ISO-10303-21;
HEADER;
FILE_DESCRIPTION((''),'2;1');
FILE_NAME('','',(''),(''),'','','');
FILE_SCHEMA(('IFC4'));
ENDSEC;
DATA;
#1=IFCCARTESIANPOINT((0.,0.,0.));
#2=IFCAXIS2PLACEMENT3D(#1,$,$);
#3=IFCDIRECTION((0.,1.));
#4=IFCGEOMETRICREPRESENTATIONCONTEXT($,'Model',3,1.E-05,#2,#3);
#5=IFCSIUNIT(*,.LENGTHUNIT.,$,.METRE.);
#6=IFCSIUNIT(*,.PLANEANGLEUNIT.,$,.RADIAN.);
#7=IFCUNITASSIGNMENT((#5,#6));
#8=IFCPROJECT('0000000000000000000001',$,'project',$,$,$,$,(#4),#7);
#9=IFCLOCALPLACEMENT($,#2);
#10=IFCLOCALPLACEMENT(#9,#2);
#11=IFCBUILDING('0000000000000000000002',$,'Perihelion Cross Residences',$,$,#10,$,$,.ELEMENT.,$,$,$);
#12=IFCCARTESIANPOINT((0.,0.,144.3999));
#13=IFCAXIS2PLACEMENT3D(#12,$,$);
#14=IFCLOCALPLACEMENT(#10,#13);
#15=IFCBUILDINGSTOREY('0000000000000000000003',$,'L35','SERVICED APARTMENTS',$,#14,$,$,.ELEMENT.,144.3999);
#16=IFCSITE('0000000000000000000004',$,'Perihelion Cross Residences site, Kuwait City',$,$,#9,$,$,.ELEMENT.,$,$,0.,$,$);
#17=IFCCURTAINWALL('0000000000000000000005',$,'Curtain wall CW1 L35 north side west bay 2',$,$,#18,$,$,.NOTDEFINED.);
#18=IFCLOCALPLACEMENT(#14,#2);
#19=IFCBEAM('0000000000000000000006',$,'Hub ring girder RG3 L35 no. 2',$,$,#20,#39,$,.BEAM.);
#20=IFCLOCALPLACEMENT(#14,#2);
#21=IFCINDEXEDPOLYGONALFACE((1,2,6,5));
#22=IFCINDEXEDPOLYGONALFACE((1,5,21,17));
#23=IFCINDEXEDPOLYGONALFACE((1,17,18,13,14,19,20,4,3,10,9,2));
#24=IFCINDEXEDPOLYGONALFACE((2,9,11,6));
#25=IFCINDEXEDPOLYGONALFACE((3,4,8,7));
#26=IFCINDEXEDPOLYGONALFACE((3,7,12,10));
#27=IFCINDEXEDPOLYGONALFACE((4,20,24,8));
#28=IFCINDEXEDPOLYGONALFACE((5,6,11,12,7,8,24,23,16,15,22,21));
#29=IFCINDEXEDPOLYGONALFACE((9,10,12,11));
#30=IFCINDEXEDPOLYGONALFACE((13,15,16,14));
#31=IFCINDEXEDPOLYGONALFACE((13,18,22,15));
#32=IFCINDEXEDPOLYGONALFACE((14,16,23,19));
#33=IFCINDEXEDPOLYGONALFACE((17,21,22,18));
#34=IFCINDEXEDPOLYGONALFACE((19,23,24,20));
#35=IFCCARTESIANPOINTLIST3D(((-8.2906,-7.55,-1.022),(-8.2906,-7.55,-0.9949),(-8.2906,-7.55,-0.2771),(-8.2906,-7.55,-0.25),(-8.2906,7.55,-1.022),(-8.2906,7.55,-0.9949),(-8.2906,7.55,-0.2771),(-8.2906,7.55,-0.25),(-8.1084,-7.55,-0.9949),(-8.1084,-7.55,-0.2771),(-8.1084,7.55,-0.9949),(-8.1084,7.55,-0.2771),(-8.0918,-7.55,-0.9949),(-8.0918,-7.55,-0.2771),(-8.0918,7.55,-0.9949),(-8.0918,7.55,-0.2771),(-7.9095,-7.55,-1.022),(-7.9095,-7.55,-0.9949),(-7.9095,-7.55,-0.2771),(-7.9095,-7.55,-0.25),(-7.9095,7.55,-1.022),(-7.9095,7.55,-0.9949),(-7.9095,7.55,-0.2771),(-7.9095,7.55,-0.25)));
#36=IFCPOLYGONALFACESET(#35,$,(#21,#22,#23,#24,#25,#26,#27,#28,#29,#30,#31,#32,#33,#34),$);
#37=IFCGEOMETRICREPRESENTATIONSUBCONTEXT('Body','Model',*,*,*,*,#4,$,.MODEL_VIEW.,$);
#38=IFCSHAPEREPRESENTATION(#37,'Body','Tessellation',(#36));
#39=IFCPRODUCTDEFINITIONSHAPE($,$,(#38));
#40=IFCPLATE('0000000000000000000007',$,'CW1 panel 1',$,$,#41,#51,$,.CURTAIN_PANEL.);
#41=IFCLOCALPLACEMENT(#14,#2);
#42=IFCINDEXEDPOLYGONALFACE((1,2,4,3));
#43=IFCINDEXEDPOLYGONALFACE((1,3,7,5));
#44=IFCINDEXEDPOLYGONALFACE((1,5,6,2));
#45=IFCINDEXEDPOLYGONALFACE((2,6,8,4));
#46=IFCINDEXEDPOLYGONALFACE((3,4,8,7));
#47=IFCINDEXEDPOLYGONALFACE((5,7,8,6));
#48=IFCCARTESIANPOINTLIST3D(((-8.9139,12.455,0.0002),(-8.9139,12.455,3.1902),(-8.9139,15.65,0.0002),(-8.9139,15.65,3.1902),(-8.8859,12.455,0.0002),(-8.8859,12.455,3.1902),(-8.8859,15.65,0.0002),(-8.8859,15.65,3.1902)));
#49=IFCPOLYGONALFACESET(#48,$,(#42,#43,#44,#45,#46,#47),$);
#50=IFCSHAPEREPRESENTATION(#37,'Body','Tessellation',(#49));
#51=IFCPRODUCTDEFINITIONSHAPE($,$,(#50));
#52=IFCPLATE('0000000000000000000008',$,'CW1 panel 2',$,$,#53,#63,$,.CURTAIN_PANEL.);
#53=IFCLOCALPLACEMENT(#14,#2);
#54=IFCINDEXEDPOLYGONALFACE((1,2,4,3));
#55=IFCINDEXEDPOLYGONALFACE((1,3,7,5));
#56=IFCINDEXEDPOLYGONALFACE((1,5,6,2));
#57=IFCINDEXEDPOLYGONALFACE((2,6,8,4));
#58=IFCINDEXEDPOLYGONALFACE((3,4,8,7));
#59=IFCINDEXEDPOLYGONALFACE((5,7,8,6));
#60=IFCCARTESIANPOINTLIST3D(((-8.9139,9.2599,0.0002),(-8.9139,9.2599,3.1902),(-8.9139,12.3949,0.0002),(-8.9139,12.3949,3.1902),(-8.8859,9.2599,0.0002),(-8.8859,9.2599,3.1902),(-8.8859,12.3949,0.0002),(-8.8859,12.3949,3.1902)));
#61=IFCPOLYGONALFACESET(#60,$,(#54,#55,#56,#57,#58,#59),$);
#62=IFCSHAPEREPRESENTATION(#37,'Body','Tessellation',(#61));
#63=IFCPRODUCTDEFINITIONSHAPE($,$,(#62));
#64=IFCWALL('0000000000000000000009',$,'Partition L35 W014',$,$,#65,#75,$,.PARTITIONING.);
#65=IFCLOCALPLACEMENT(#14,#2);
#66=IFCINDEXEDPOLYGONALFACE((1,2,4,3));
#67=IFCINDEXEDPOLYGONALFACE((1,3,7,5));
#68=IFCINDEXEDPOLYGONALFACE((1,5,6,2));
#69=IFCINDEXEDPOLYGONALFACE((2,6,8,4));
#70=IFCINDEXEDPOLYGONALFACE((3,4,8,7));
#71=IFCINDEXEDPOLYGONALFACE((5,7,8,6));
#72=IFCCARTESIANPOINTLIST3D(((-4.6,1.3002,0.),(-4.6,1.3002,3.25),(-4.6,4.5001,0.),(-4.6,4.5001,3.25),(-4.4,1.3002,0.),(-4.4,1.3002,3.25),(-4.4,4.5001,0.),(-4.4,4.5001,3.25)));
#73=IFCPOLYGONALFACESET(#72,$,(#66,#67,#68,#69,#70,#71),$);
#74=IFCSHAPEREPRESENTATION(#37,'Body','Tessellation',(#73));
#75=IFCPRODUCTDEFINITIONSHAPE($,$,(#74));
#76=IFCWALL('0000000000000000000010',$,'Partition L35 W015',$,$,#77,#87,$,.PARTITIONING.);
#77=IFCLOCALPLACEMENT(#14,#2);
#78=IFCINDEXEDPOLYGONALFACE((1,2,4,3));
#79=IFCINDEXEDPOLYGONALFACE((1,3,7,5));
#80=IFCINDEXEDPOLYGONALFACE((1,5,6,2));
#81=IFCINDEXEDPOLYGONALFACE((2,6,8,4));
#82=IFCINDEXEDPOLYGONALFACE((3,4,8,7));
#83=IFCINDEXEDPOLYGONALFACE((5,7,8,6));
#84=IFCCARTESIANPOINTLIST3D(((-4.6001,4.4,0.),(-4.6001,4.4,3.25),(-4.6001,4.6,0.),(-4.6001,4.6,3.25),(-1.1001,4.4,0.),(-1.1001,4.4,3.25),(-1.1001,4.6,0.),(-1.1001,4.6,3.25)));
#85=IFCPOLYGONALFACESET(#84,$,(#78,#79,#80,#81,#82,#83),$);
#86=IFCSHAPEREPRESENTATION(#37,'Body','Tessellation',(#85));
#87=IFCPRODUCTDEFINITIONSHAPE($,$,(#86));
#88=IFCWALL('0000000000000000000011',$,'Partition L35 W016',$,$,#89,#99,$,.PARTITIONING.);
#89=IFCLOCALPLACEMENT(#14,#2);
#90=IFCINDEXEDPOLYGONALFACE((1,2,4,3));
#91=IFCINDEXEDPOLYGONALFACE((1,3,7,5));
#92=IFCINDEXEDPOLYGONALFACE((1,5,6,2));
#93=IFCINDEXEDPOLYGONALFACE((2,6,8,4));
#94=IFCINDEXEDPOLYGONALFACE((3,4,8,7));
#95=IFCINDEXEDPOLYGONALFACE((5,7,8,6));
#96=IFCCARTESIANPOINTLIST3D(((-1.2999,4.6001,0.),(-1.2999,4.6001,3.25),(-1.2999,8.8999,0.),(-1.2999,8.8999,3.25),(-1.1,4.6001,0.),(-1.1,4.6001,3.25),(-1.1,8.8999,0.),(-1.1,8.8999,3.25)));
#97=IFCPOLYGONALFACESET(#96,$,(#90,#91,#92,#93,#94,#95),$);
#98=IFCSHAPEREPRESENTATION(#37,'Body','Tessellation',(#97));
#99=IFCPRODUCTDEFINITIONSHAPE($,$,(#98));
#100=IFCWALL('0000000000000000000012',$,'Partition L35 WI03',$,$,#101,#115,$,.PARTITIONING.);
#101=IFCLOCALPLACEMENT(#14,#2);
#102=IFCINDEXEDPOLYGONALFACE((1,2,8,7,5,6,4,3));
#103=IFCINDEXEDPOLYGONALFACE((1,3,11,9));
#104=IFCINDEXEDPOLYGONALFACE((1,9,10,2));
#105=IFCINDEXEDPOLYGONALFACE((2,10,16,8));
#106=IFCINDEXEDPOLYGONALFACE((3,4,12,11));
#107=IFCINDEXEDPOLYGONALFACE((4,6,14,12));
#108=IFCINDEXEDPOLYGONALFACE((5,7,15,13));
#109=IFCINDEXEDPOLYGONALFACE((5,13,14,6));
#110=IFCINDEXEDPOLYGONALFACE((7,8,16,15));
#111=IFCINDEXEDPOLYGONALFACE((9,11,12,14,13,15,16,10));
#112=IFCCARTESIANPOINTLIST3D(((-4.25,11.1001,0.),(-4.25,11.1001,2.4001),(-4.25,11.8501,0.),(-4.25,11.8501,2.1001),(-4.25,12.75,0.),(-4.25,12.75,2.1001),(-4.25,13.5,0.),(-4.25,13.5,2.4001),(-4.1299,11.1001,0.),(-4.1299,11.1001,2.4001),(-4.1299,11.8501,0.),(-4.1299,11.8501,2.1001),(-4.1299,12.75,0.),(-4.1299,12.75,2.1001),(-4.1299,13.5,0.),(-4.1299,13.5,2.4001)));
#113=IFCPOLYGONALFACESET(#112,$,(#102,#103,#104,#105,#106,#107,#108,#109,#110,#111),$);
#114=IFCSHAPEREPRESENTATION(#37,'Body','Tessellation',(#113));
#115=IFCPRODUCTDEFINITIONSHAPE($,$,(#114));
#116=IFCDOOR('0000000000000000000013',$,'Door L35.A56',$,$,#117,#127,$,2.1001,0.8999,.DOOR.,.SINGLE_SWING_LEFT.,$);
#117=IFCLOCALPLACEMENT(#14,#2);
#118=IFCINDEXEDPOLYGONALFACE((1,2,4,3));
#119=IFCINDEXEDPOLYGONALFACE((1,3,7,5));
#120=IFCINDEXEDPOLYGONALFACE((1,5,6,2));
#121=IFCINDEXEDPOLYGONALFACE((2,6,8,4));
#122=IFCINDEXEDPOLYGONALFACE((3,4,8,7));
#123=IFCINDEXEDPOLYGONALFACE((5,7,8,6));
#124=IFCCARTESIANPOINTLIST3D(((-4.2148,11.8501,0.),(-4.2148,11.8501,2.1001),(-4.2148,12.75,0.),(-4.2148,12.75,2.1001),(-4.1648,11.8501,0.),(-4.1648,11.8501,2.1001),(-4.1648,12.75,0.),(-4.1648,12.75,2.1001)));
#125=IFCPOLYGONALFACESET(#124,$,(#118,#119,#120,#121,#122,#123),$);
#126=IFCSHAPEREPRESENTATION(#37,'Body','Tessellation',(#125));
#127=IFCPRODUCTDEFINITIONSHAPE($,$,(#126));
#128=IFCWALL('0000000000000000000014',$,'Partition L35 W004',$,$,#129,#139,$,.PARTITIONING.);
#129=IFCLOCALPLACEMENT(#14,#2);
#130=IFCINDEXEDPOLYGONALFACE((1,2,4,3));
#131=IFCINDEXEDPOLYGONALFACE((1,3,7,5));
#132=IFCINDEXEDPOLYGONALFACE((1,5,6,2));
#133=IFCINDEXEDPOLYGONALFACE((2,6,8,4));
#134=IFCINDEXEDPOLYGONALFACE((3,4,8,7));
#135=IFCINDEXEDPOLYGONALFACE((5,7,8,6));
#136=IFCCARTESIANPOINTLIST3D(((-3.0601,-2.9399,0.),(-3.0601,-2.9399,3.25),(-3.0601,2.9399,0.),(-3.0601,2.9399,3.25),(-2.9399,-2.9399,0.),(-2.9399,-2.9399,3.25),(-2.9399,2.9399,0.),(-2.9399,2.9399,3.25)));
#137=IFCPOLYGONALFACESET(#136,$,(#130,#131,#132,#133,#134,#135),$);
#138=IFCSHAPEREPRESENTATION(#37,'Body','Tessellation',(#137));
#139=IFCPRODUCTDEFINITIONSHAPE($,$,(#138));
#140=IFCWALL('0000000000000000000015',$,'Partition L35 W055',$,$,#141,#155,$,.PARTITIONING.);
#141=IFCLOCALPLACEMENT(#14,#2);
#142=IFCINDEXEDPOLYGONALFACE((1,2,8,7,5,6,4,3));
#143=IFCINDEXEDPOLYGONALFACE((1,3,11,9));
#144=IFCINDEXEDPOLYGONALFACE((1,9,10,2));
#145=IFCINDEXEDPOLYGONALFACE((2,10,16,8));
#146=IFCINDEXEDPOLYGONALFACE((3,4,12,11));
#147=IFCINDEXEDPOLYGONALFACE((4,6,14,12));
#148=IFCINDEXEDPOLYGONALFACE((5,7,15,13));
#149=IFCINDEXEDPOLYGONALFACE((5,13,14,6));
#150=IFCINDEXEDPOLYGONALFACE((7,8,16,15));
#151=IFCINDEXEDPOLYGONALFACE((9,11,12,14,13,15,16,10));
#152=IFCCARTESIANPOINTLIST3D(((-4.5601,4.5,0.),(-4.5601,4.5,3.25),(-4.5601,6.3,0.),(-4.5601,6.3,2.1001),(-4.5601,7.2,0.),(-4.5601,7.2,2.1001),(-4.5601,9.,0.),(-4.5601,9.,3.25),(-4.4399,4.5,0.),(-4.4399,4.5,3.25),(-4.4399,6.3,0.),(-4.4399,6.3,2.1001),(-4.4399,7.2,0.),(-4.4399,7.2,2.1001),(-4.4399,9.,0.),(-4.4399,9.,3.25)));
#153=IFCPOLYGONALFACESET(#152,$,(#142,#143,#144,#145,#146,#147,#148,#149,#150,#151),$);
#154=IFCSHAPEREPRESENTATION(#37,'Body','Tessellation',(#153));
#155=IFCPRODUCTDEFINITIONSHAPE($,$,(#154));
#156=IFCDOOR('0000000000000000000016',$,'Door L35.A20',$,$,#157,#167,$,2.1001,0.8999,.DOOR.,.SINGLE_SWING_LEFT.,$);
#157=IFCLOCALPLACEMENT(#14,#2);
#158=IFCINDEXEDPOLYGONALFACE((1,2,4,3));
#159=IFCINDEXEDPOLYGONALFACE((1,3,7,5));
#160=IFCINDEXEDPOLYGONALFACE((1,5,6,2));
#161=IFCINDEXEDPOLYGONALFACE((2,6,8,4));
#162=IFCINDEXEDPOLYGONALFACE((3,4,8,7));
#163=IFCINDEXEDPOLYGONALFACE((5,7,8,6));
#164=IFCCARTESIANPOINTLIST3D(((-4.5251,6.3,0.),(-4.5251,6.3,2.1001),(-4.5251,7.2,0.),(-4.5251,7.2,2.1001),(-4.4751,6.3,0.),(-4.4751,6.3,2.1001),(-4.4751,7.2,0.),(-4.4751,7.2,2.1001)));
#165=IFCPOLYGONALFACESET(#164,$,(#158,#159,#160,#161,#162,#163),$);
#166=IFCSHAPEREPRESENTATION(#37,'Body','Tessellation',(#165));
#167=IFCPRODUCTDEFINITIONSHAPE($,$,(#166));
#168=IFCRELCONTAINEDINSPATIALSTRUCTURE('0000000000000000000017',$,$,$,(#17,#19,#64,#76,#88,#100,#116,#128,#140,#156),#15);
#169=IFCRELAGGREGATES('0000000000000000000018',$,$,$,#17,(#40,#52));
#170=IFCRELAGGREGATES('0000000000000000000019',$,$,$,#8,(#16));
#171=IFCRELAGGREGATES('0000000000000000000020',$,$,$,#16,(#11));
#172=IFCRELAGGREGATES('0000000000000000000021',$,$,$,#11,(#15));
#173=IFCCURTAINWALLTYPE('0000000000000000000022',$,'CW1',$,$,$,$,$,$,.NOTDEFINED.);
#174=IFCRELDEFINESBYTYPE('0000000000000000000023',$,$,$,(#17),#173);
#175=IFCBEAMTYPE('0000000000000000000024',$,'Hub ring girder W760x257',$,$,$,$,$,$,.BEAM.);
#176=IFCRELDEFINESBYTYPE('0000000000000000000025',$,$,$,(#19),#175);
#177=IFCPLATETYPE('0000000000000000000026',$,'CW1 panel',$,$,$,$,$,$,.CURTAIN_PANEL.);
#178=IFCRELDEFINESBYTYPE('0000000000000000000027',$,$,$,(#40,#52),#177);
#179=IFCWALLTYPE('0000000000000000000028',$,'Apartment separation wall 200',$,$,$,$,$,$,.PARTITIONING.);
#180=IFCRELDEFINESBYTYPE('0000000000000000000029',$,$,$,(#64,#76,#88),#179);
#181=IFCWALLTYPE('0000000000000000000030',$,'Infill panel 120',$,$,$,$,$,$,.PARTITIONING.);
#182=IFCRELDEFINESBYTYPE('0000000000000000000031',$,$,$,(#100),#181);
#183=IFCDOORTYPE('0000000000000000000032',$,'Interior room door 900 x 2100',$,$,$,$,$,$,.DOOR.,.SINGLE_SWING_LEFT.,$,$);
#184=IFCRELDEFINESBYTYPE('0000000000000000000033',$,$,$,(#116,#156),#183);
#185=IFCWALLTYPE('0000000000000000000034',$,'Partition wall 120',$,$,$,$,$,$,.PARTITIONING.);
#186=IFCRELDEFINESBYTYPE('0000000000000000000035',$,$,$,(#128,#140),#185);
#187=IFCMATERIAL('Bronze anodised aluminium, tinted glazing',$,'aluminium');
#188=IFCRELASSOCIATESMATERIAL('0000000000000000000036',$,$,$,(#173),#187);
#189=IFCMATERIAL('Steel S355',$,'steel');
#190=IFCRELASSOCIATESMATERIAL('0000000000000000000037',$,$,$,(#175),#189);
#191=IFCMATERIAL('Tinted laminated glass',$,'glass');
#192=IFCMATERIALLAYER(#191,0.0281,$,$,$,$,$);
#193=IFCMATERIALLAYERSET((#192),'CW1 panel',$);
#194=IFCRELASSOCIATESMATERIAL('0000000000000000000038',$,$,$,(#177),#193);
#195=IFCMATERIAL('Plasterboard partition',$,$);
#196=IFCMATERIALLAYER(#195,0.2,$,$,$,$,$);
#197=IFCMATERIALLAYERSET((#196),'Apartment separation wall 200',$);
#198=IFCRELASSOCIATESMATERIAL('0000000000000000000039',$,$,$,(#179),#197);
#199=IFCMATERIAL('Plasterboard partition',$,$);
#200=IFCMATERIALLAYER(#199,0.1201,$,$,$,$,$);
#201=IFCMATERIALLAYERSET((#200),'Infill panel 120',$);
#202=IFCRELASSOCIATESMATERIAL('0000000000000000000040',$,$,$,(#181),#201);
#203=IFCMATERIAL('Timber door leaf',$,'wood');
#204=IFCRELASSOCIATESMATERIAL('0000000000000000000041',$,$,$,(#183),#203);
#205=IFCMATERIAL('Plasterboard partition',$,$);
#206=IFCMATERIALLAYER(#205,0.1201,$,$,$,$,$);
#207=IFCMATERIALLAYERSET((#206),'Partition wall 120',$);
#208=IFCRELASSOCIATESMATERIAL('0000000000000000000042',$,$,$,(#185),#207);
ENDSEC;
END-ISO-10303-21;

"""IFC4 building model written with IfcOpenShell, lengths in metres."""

from ifc_helpers import new_model, si_unit, direction, frame, frame_2d, origin, origin_2d, place, context, subcontext, project, spatial, rectangle, i_section, extrude, material, layer, layer_set, material_profile, profile_set, type_object, element, fill, aggregate, save


model = new_model("IFC4")

# Units and contexts
model_context = context("Model", 3, precision=1e-05, world=origin(), true_north=direction((0.0, 1.0)))
body_context = subcontext(model_context, "Body", "Model", "MODEL_VIEW")
ifc_project = project(units=[si_unit("LENGTHUNIT", "METRE"), si_unit("PLANEANGLEUNIT", "RADIAN")], contexts=[model_context])

# Site, building, storey
site_placement = place(None, origin())
site = spatial("IfcSite", under=ifc_project, at=site_placement, Name="Perihelion Cross Residences site, Kuwait City", CompositionType="ELEMENT", RefElevation=0.0)
building_placement = place(site_placement, origin())
building = spatial("IfcBuilding", under=site, at=building_placement, Name="Perihelion Cross Residences", CompositionType="ELEMENT")
storey_placement = place(building_placement, frame((0.0, 0.0, 144.3999)))
storey = spatial("IfcBuildingStorey", under=building, at=storey_placement, Name="L35", Description="SERVICED APARTMENTS", CompositionType="ELEMENT", Elevation=144.3999)

# Curtain wall
ifc_material_1 = material(Name="Bronze anodised aluminium, tinted glazing", Category="aluminium")
curtain_wall_type = type_object("IfcCurtainWallType", Name="CW1", PredefinedType="NOTDEFINED", material=ifc_material_1)
curtain_wall_placement = place(storey_placement, origin())
curtain_wall = element("IfcCurtainWall", 1, at=curtain_wall_placement, inside=storey, type_object=curtain_wall_type, Name="Curtain wall CW1 L35 north side west bay 2", PredefinedType="NOTDEFINED")

# Beam
ifc_material_2 = material(Name="Steel S355", Category="steel")
ifc_material_profile_1 = material_profile(ifc_material_2, i_section(OverallWidth=0.3811, OverallDepth=0.772, WebThickness=0.0166, FlangeThickness=0.0271, at=origin_2d()), Name="W760x257")
ifc_profile_set_1 = profile_set([ifc_material_profile_1], Name="Steel S355")
beam_type_1 = type_object("IfcBeamType", Name="Hub ring girder W760x257", PredefinedType="BEAM", material=ifc_profile_set_1)
beam_1_placement = place(storey_placement, frame((-8.1001, 7.55, -0.636), z_axis=(0.0, -1.0, 0.0), x_axis=(1.0, 0.0, 0.0)))
element("IfcBeam", 2, at=beam_1_placement, inside=storey, type_object=beam_type_1, Name="Hub ring girder RG3 L35 no. 2", PredefinedType="BEAM", context=body_context, shape_type="SweptSolid", body=[
    extrude(i_section(OverallWidth=0.3811, OverallDepth=0.772, WebThickness=0.0166, FlangeThickness=0.0271, at=origin_2d()), origin(), (0.0, 0.0, 1.0), 15.1001),
])

# Plates
ifc_material_3 = material(Name="Tinted laminated glass", Category="glass")
ifc_layer_1 = layer(ifc_material_3, 0.0281)
ifc_layer_set_1 = layer_set([ifc_layer_1], Name="CW1 panel")
plate_type = type_object("IfcPlateType", Name="CW1 panel", PredefinedType="CURTAIN_PANEL", material=ifc_layer_set_1)
plate_1_placement = place(storey_placement, frame((-8.8999, 14.0525, 0.0002), z_axis=(0.0, 0.0, 1.0), x_axis=(0.0, -1.0, 0.0)))
plate_1 = element("IfcPlate", 3, at=plate_1_placement, type_object=plate_type, Name="CW1 panel 1", PredefinedType="CURTAIN_PANEL", context=body_context, shape_type="SweptSolid", body=[
    extrude(rectangle(XDim=3.1951, YDim=0.0281, at=origin_2d()), origin(), (0.0, 0.0, 1.0), 3.1899),
])
plate_2_placement = place(storey_placement, frame((-8.8999, 10.8274, 0.0002), z_axis=(0.0, 0.0, 1.0), x_axis=(0.0, -1.0, 0.0)))
plate_2 = element("IfcPlate", 4, at=plate_2_placement, type_object=plate_type, Name="CW1 panel 2", PredefinedType="CURTAIN_PANEL", context=body_context, shape_type="SweptSolid", body=[
    extrude(rectangle(XDim=3.135, YDim=0.0281, at=origin_2d()), origin(), (0.0, 0.0, 1.0), 3.1899),
])
aggregate(curtain_wall, [plate_1, plate_2])

# Walls
ifc_material_4 = material(Name="Plasterboard partition")
ifc_layer_2 = layer(ifc_material_4, 0.2)
ifc_layer_set_2 = layer_set([ifc_layer_2], Name="Apartment separation wall 200")
wall_type_1 = type_object("IfcWallType", Name="Apartment separation wall 200", PredefinedType="PARTITIONING", material=ifc_layer_set_2)
wall_1_placement = place(storey_placement, frame((-4.5, 1.3, 0.0), z_axis=(0.0, 0.0, 1.0), x_axis=(0.0, 1.0, 0.0)))
element("IfcWall", 5, at=wall_1_placement, inside=storey, type_object=wall_type_1, Name="Partition L35 W014", PredefinedType="PARTITIONING", context=body_context, shape_type="SweptSolid", body=[
    extrude(rectangle(XDim=3.2, YDim=0.2, at=frame_2d((1.6001, 0.0))), origin(), (0.0, 0.0, 1.0), 3.25),
])
wall_2_placement = place(storey_placement, frame((-4.6001, 4.5, 0.0), z_axis=(0.0, 0.0, 1.0), x_axis=(1.0, 0.0, 0.0)))
element("IfcWall", 6, at=wall_2_placement, inside=storey, type_object=wall_type_1, Name="Partition L35 W015", PredefinedType="PARTITIONING", context=body_context, shape_type="SweptSolid", body=[
    extrude(rectangle(XDim=3.5, YDim=0.2, at=frame_2d((1.75, 0.0))), origin(), (0.0, 0.0, 1.0), 3.25),
])
wall_3_placement = place(storey_placement, frame((-1.2, 4.6001, 0.0), z_axis=(0.0, 0.0, 1.0), x_axis=(0.0, 1.0, 0.0)))
element("IfcWall", 7, at=wall_3_placement, inside=storey, type_object=wall_type_1, Name="Partition L35 W016", PredefinedType="PARTITIONING", context=body_context, shape_type="SweptSolid", body=[
    extrude(rectangle(XDim=4.2998, YDim=0.2, at=frame_2d((2.1499, 0.0))), origin(), (0.0, 0.0, 1.0), 3.25),
])

# Wall, opening, door
ifc_material_5 = material(Name="Plasterboard partition")
ifc_layer_3 = layer(ifc_material_5, 0.1201)
ifc_layer_set_3 = layer_set([ifc_layer_3], Name="Infill panel 120")
wall_type_2 = type_object("IfcWallType", Name="Infill panel 120", PredefinedType="PARTITIONING", material=ifc_layer_set_3)
wall_4_placement = place(storey_placement, frame((-4.1899, 11.1001, 0.0), z_axis=(0.0, 0.0, 1.0), x_axis=(0.0, 1.0, 0.0)))
wall_4 = element("IfcWall", 8, at=wall_4_placement, inside=storey, type_object=wall_type_2, Name="Partition L35 WI03", PredefinedType="PARTITIONING", context=body_context, shape_type="SweptSolid", body=[
    extrude(rectangle(XDim=2.3999, YDim=0.1201, at=frame_2d((1.2, 0.0))), origin(), (0.0, 0.0, 1.0), 2.4001),
])
opening_1_placement = place(wall_4_placement, frame((0.75, 0.0, 0.0)))
opening_1 = element("IfcOpeningElement", 9, at=opening_1_placement, cuts=wall_4, PredefinedType="OPENING", context=body_context, shape_type="SweptSolid", body=[
    extrude(rectangle(XDim=0.8999, YDim=2.1001, at=frame_2d((0.45, 1.05))), frame((0.0, 0.0701, 0.0), z_axis=(0.0, -1.0, 0.0), x_axis=(1.0, 0.0, 0.0)), (0.0, 0.0, 1.0), 0.1401),
])
ifc_material_6 = material(Name="Timber door leaf", Category="wood")
door_type_1 = type_object("IfcDoorType", Name="Interior room door 900 x 2100", OperationType="SINGLE_SWING_LEFT", PredefinedType="DOOR", material=ifc_material_6)
door_1_placement = place(opening_1_placement, origin())
door_1 = element("IfcDoor", 10, at=door_1_placement, inside=storey, type_object=door_type_1, Name="Door L35.A56", OperationType="SINGLE_SWING_LEFT", OverallHeight=2.1001, OverallWidth=0.8999, PredefinedType="DOOR", context=body_context, shape_type="SweptSolid", body=[
    extrude(rectangle(XDim=0.8999, YDim=2.1001, at=frame_2d((0.45, 1.05))), frame((0.0, 0.0249, 0.0), z_axis=(0.0, -1.0, 0.0), x_axis=(1.0, 0.0, 0.0)), (0.0, 0.0, 1.0), 0.05),
])
fill(opening_1, door_1)

# Wall
ifc_material_7 = material(Name="Plasterboard partition")
ifc_layer_4 = layer(ifc_material_7, 0.1201)
ifc_layer_set_4 = layer_set([ifc_layer_4], Name="Partition wall 120")
wall_type_3 = type_object("IfcWallType", Name="Partition wall 120", PredefinedType="PARTITIONING", material=ifc_layer_set_4)
wall_5_placement = place(storey_placement, frame((-3.0, 2.9399, 0.0), z_axis=(0.0, 0.0, 1.0), x_axis=(0.0, -1.0, 0.0)))
element("IfcWall", 11, at=wall_5_placement, inside=storey, type_object=wall_type_3, Name="Partition L35 W004", PredefinedType="PARTITIONING", context=body_context, shape_type="SweptSolid", body=[
    extrude(rectangle(XDim=5.8799, YDim=0.1201, at=frame_2d((2.9399, 0.0))), origin(), (0.0, 0.0, 1.0), 3.25),
])

# Wall, opening, door
wall_6_placement = place(storey_placement, frame((-4.5, 9.0, 0.0), z_axis=(0.0, 0.0, 1.0), x_axis=(0.0, -1.0, 0.0)))
wall_6 = element("IfcWall", 12, at=wall_6_placement, inside=storey, type_object=wall_type_3, Name="Partition L35 W055", PredefinedType="PARTITIONING", context=body_context, shape_type="SweptSolid", body=[
    extrude(rectangle(XDim=4.5, YDim=0.1201, at=frame_2d((2.25, 0.0))), origin(), (0.0, 0.0, 1.0), 3.25),
])
opening_2_placement = place(wall_6_placement, frame((1.8, 0.0, 0.0)))
opening_2 = element("IfcOpeningElement", 13, at=opening_2_placement, cuts=wall_6, PredefinedType="OPENING", context=body_context, shape_type="SweptSolid", body=[
    extrude(rectangle(XDim=0.8999, YDim=2.1001, at=frame_2d((0.45, 1.05))), frame((0.0, 0.0701, 0.0), z_axis=(0.0, -1.0, 0.0), x_axis=(1.0, 0.0, 0.0)), (0.0, 0.0, 1.0), 0.1401),
])
door_2_placement = place(opening_2_placement, origin())
door_2 = element("IfcDoor", 14, at=door_2_placement, inside=storey, type_object=door_type_1, Name="Door L35.A20", OperationType="SINGLE_SWING_LEFT", OverallHeight=2.1001, OverallWidth=0.8999, PredefinedType="DOOR", context=body_context, shape_type="SweptSolid", body=[
    extrude(rectangle(XDim=0.8999, YDim=2.1001, at=frame_2d((0.45, 1.05))), frame((0.0, 0.0249, 0.0), z_axis=(0.0, -1.0, 0.0), x_axis=(1.0, 0.0, 0.0)), (0.0, 0.0, 1.0), 0.05),
])
fill(opening_2, door_2)

save(model, "model.ifc")
